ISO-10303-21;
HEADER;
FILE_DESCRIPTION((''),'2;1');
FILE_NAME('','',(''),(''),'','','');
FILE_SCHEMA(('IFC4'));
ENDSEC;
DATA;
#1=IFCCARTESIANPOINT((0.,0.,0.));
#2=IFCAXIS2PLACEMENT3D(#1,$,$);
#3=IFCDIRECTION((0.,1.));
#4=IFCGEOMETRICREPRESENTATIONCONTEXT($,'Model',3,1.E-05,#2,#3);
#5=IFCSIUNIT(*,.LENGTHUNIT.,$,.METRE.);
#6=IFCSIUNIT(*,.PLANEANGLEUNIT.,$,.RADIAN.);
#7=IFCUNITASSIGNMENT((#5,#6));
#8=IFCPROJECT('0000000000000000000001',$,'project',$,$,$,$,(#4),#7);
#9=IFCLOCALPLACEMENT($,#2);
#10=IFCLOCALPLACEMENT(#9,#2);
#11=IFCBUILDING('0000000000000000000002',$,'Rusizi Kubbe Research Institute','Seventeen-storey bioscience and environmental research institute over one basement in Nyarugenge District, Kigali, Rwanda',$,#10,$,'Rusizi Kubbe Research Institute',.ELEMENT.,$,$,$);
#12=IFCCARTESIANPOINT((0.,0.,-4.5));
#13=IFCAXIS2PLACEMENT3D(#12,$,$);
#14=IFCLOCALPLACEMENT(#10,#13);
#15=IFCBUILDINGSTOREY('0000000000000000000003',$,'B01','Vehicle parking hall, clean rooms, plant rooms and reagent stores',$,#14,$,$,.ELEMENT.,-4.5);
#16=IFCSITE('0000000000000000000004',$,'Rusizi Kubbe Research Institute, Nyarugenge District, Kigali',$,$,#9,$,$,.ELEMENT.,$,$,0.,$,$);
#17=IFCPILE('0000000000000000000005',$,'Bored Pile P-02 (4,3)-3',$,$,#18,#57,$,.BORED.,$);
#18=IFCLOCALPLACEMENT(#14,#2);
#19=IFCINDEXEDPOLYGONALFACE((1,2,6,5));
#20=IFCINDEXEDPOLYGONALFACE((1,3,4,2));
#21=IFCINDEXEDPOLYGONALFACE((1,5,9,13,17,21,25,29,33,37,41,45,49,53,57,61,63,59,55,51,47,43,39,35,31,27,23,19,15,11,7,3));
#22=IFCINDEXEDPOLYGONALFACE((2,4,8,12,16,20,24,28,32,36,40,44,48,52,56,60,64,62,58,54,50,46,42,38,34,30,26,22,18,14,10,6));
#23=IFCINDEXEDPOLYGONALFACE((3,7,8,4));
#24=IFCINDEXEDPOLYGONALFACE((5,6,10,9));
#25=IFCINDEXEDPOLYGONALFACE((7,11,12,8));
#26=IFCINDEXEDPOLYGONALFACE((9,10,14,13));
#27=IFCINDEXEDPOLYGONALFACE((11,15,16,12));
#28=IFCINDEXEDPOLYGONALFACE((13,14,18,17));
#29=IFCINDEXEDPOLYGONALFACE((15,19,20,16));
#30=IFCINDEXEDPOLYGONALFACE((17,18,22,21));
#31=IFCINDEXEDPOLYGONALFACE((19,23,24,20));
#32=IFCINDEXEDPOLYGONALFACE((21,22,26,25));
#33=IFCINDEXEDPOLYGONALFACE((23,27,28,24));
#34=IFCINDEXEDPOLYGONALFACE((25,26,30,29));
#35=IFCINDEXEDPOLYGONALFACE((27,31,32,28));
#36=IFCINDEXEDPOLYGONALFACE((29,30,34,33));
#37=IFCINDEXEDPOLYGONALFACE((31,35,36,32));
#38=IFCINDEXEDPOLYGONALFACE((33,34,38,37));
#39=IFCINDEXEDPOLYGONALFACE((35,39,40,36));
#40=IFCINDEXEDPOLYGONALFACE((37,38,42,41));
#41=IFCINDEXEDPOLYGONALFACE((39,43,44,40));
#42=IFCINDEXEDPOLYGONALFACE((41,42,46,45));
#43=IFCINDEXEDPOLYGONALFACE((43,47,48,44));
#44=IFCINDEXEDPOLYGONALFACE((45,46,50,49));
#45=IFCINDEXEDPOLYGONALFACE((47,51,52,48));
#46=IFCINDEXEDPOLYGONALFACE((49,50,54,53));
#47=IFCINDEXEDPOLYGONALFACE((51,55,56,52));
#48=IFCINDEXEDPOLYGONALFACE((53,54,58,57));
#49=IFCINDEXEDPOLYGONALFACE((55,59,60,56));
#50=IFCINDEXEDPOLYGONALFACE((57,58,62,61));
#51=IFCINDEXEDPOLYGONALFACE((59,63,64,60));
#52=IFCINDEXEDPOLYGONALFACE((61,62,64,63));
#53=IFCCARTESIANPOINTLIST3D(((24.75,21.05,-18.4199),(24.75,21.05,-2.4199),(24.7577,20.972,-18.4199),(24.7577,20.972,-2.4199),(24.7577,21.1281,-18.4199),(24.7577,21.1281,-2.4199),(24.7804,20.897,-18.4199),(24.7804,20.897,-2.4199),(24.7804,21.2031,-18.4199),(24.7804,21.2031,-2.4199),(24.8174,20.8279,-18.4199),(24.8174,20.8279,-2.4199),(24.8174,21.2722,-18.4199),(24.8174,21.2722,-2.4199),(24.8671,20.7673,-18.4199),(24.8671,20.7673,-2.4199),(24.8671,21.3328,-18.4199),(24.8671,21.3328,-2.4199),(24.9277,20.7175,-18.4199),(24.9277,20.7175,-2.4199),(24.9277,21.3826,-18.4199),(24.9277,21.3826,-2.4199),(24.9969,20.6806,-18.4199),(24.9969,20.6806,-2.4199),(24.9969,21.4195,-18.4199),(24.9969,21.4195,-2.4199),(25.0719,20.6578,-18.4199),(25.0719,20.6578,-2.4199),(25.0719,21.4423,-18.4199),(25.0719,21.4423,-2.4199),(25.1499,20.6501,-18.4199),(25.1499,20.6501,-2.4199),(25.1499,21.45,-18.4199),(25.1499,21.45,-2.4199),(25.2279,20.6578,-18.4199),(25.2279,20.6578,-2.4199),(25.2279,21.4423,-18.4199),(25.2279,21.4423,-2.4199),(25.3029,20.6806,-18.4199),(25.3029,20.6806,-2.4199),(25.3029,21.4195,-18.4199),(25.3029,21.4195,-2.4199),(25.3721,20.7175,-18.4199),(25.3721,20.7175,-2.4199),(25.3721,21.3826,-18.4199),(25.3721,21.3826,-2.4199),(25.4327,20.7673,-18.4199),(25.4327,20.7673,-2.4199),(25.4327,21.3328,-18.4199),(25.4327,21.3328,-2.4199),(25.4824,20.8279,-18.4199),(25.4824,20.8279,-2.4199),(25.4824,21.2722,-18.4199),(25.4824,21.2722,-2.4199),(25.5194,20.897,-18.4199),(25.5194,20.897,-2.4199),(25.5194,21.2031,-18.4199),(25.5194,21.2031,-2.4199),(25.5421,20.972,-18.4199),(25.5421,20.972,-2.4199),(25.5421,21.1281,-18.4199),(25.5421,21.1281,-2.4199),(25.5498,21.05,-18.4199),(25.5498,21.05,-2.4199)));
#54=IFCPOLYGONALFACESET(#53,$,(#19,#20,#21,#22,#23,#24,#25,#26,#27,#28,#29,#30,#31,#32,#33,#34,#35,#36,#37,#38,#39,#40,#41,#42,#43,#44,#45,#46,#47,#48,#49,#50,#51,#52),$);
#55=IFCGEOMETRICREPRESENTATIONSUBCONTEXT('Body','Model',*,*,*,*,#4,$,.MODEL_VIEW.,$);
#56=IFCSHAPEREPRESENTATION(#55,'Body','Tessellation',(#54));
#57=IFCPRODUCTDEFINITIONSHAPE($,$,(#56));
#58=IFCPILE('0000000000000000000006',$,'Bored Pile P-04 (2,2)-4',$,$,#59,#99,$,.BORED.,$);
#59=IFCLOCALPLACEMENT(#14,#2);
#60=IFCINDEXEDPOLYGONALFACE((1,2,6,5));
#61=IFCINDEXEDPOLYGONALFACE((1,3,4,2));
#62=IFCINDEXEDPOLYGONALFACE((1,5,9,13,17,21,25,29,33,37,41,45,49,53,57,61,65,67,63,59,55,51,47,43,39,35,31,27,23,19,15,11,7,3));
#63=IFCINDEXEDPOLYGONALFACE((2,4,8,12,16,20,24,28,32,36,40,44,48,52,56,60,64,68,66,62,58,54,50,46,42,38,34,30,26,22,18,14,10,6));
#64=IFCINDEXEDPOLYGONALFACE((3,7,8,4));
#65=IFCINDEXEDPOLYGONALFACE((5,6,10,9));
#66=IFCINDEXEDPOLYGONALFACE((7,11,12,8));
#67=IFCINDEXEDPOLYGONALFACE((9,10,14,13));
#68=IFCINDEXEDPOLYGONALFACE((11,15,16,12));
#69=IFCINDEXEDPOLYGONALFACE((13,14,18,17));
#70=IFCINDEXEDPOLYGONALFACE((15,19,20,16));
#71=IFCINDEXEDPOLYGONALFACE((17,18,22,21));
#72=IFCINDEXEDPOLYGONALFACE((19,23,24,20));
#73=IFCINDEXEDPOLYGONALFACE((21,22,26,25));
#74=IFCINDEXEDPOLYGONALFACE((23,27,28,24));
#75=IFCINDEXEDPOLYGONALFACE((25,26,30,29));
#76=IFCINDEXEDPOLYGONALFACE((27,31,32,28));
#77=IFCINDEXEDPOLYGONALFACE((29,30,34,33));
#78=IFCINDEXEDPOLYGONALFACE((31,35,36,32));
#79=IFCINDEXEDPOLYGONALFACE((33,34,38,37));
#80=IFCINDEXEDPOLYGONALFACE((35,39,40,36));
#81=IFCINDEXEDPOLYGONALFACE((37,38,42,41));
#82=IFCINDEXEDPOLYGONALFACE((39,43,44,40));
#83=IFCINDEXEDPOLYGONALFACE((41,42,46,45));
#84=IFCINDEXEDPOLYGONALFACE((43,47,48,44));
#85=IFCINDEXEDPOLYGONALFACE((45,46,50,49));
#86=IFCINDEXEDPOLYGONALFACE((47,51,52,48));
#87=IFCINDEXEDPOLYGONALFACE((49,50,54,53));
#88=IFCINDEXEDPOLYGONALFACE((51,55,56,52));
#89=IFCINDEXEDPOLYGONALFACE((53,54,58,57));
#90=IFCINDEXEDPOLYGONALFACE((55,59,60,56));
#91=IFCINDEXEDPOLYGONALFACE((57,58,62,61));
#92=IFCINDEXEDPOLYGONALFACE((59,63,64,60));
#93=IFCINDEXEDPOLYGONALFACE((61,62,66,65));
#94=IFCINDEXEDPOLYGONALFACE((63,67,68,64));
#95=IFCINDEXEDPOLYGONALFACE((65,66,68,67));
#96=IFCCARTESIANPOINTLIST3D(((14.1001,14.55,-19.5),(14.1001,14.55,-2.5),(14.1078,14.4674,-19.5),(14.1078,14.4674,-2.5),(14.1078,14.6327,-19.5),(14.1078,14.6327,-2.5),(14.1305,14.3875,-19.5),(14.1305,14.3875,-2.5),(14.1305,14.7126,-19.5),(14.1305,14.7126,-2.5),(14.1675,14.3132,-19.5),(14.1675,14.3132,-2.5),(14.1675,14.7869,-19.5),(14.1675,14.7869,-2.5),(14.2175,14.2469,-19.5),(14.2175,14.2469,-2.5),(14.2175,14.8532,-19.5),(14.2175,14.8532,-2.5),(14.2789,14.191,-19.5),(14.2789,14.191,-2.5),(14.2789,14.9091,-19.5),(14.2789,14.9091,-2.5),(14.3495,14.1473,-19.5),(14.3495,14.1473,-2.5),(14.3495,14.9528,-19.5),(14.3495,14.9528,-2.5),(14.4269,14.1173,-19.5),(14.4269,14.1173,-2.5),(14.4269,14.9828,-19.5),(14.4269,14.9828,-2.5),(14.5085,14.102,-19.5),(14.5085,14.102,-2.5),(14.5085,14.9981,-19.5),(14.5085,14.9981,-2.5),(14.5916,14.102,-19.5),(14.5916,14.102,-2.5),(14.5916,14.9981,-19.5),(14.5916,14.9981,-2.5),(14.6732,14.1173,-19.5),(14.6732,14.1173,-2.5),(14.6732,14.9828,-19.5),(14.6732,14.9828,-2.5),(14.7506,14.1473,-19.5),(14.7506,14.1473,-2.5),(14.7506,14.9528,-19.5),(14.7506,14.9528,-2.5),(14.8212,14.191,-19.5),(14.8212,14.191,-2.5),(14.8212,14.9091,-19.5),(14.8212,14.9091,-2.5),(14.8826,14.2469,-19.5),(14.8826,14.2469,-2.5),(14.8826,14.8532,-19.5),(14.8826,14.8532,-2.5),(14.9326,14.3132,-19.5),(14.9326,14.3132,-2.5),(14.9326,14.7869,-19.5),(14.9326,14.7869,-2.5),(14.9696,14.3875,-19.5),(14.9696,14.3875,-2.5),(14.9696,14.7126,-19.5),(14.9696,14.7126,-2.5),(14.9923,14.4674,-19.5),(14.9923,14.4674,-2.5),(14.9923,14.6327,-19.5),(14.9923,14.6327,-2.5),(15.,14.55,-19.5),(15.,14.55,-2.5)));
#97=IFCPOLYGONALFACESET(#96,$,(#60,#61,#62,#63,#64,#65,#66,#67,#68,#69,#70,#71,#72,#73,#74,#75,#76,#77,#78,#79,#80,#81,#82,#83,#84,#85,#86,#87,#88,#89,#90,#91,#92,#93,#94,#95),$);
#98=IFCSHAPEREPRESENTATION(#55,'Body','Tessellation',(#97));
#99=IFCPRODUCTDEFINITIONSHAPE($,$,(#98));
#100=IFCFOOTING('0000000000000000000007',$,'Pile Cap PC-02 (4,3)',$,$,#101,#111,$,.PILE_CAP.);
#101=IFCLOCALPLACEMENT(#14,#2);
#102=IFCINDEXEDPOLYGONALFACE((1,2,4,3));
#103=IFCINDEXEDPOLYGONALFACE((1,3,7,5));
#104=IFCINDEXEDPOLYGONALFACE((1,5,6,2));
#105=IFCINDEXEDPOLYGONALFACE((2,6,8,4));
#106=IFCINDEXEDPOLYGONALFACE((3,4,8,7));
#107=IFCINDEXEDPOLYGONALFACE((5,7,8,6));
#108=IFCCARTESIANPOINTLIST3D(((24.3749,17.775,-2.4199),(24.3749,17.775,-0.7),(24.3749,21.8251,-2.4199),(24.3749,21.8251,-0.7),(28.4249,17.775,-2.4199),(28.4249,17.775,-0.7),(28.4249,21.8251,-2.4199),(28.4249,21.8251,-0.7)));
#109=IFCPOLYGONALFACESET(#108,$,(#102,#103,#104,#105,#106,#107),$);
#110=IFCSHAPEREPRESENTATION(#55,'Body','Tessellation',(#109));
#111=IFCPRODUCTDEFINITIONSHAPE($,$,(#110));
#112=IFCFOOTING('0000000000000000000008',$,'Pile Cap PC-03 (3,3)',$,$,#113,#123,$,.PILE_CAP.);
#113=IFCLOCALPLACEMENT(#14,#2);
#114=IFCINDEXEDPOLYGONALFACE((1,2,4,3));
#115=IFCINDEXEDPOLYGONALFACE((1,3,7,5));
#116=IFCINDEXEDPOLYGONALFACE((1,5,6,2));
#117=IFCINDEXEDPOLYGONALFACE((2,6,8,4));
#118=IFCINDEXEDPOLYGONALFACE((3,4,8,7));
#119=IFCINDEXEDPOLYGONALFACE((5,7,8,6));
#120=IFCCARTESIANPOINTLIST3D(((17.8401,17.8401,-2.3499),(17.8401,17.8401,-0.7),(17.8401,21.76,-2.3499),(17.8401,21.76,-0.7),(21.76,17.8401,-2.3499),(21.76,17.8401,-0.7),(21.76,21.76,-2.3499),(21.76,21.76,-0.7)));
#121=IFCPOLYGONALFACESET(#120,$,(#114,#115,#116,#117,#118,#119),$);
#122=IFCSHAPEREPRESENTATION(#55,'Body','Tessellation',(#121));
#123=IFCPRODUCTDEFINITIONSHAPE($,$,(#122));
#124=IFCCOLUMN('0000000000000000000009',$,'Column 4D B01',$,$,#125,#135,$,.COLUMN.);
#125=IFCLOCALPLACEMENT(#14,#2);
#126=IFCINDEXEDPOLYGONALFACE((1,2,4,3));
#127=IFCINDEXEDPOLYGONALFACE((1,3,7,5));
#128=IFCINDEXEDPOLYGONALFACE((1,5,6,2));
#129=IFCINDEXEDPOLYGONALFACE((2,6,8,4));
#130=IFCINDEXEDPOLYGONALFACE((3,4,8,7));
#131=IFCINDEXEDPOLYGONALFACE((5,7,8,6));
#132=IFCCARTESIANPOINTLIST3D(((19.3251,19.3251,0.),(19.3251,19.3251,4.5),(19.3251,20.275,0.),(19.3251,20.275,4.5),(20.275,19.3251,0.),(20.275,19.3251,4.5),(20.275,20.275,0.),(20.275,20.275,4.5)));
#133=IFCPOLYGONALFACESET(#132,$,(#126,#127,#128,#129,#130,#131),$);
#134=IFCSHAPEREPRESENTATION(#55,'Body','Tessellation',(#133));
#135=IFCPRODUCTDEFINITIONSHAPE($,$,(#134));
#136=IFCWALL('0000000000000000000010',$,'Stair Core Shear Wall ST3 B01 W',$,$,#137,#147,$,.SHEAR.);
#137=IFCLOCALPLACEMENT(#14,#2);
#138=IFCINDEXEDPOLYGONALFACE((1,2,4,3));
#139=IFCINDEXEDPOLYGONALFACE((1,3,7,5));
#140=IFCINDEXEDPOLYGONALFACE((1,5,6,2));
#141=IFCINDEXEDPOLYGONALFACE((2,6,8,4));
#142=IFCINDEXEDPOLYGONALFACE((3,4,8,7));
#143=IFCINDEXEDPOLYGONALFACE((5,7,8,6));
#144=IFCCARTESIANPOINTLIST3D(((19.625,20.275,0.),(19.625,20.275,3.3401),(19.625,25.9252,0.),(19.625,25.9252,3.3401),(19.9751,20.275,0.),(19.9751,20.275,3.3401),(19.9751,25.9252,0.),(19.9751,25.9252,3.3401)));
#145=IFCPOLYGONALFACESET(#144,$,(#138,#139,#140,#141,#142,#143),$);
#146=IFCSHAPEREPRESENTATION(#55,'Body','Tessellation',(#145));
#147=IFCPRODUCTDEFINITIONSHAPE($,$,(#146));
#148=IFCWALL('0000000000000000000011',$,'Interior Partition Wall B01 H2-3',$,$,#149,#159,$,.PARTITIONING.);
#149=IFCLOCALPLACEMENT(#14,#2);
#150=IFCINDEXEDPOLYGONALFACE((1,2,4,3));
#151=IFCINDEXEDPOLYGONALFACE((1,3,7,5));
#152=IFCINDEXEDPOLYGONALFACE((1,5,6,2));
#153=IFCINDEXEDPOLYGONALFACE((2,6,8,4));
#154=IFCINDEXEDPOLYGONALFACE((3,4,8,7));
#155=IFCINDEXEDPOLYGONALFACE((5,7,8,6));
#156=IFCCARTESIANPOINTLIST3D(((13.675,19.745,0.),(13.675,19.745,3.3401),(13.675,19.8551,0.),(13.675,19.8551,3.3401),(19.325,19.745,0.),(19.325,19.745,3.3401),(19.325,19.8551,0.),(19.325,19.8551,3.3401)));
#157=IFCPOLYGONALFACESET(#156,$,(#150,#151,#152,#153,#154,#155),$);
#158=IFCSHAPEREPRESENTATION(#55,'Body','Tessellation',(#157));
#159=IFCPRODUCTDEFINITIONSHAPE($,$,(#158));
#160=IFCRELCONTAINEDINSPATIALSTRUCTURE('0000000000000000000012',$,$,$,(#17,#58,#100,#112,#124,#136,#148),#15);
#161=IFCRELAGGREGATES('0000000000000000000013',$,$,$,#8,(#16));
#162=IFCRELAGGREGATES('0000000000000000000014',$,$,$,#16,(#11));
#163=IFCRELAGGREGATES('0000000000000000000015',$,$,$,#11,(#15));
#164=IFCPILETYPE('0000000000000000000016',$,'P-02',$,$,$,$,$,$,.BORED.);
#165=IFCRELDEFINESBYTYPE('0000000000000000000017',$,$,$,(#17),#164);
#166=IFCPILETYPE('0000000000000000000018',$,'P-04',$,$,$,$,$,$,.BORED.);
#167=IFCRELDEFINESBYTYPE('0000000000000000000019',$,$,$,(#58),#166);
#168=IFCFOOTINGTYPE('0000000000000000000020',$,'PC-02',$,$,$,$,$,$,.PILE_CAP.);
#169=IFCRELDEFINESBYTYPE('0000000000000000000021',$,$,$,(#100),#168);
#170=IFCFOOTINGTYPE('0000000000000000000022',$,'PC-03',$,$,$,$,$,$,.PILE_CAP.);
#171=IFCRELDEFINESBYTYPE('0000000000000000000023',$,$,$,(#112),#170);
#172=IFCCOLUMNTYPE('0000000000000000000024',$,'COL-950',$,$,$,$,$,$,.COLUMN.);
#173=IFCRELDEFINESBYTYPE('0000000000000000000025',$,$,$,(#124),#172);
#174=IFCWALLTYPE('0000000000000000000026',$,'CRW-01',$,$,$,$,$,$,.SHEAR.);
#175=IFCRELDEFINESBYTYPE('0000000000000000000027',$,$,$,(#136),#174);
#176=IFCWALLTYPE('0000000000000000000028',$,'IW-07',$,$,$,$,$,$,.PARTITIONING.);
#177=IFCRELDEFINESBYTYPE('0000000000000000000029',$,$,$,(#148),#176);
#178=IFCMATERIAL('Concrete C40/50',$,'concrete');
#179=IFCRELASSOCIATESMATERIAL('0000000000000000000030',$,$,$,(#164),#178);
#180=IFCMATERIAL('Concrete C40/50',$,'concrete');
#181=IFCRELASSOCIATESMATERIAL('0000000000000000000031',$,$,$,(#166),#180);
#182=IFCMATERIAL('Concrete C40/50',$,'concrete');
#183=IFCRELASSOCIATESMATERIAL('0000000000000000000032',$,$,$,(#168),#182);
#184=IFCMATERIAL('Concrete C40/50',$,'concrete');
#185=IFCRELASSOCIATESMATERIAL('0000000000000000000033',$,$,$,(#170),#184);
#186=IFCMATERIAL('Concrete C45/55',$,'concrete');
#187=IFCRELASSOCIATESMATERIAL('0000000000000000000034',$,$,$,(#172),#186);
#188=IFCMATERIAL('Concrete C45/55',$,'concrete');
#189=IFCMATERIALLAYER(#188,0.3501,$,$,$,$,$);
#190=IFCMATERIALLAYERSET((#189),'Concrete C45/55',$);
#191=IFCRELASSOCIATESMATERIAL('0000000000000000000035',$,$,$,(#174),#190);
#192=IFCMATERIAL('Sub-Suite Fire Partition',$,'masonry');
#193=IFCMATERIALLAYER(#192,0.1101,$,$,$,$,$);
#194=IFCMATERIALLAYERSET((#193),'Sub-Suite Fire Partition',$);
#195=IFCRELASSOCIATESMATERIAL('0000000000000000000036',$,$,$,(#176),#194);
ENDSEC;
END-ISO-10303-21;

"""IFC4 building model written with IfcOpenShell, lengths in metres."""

from ifc_helpers import new_model, si_unit, direction, frame, frame_2d, origin, origin_2d, place, context, subcontext, project, spatial, rectangle, circle, extrude, material, layer, layer_set, material_profile, profile_set, type_object, element, save


model = new_model("IFC4")

# Units and contexts
model_context = context("Model", 3, precision=1e-05, world=origin(), true_north=direction((0.0, 1.0)))
body_context = subcontext(model_context, "Body", "Model", "MODEL_VIEW")
ifc_project = project(units=[si_unit("LENGTHUNIT", "METRE"), si_unit("PLANEANGLEUNIT", "RADIAN")], contexts=[model_context])

# Site, building, storey
site_placement = place(None, origin())
site = spatial("IfcSite", under=ifc_project, at=site_placement, Name="Rusizi Kubbe Research Institute, Nyarugenge District, Kigali", CompositionType="ELEMENT", RefElevation=0.0)
building_placement = place(site_placement, origin())
building = spatial("IfcBuilding", under=site, at=building_placement, Name="Rusizi Kubbe Research Institute", Description="Seventeen-storey bioscience and environmental research institute over one basement in Nyarugenge District, Kigali, Rwanda", LongName="Rusizi Kubbe Research Institute", CompositionType="ELEMENT")
storey_placement = place(building_placement, frame((0.0, 0.0, -4.5)))
storey = spatial("IfcBuildingStorey", under=building, at=storey_placement, Name="B01", Description="Vehicle parking hall, clean rooms, plant rooms and reagent stores", CompositionType="ELEMENT", Elevation=-4.5)

# Piles
ifc_material_1 = material(Name="Concrete C40/50", Category="concrete")
ifc_material_profile_1 = material_profile(ifc_material_1, circle(Radius=0.3999, at=origin_2d()), Name="PILE-D800")
ifc_profile_set_1 = profile_set([ifc_material_profile_1], Name="Concrete C40/50")
pile_type_1 = type_object("IfcPileType", Name="P-02", PredefinedType="BORED", material=ifc_profile_set_1)
for number, where, z_axis, x_axis, name in (
    (1, (25.1499, 21.05, -2.4199), (0.0, 0.0, -1.0), (1.0, 0.0, 0.0), "Bored Pile P-02 (4,3)-3"),
):
    element("IfcPile", number, at=place(storey_placement, frame(where, z_axis=z_axis, x_axis=x_axis)), inside=storey, type_object=pile_type_1, Name=name, PredefinedType="BORED", context=body_context, shape_type="SweptSolid", body=[
        extrude(circle(Radius=0.3999, at=origin_2d()), origin(), (0.0, 0.0, 1.0), 16.0),
    ])
ifc_material_2 = material(Name="Concrete C40/50", Category="concrete")
ifc_material_profile_2 = material_profile(ifc_material_2, circle(Radius=0.45, at=origin_2d()), Name="PILE-D900")
ifc_profile_set_2 = profile_set([ifc_material_profile_2], Name="Concrete C40/50")
pile_type_2 = type_object("IfcPileType", Name="P-04", PredefinedType="BORED", material=ifc_profile_set_2)
pile_placement = place(storey_placement, frame((14.55, 14.55, -2.5), z_axis=(0.0, 0.0, -1.0), x_axis=(1.0, 0.0, 0.0)))
element("IfcPile", 2, at=pile_placement, inside=storey, type_object=pile_type_2, Name="Bored Pile P-04 (2,2)-4", PredefinedType="BORED", context=body_context, shape_type="SweptSolid", body=[
    extrude(circle(Radius=0.45, at=origin_2d()), origin(), (0.0, 0.0, 1.0), 17.0),
])

# Footings
ifc_material_3 = material(Name="Concrete C40/50", Category="concrete")
footing_type_1 = type_object("IfcFootingType", Name="PC-02", PredefinedType="PILE_CAP", material=ifc_material_3)
footing_1_placement = place(storey_placement, frame((26.3999, 19.8, -2.4199), z_axis=(0.0, 0.0, 1.0), x_axis=(1.0, 0.0, 0.0)))
element("IfcFooting", 3, at=footing_1_placement, inside=storey, type_object=footing_type_1, Name="Pile Cap PC-02 (4,3)", PredefinedType="PILE_CAP", context=body_context, shape_type="SweptSolid", body=[
    extrude(rectangle(XDim=4.05, YDim=4.05, at=origin_2d()), origin(), (0.0, 0.0, 1.0), 1.72),
])
ifc_material_4 = material(Name="Concrete C40/50", Category="concrete")
footing_type_2 = type_object("IfcFootingType", Name="PC-03", PredefinedType="PILE_CAP", material=ifc_material_4)
footing_2_placement = place(storey_placement, frame((19.8, 19.8, -2.3499), z_axis=(0.0, 0.0, 1.0), x_axis=(1.0, 0.0, 0.0)))
element("IfcFooting", 4, at=footing_2_placement, inside=storey, type_object=footing_type_2, Name="Pile Cap PC-03 (3,3)", PredefinedType="PILE_CAP", context=body_context, shape_type="SweptSolid", body=[
    extrude(rectangle(XDim=3.9199, YDim=3.9199, at=origin_2d()), origin(), (0.0, 0.0, 1.0), 1.6499),
])

# Column
ifc_material_5 = material(Name="Concrete C45/55", Category="concrete")
ifc_material_profile_3 = material_profile(ifc_material_5, rectangle(XDim=0.95, YDim=0.95, at=origin_2d()), Name="RC950x950")
ifc_profile_set_3 = profile_set([ifc_material_profile_3], Name="Concrete C45/55")
column_type = type_object("IfcColumnType", Name="COL-950", PredefinedType="COLUMN", material=ifc_profile_set_3)
column_placement = place(storey_placement, frame((19.8, 19.8, 0.0), z_axis=(0.0, 0.0, 1.0), x_axis=(1.0, 0.0, 0.0)))
element("IfcColumn", 5, at=column_placement, inside=storey, type_object=column_type, Name="Column 4D B01", PredefinedType="COLUMN", context=body_context, shape_type="SweptSolid", body=[
    extrude(rectangle(XDim=0.95, YDim=0.95, at=origin_2d()), origin(), (0.0, 0.0, 1.0), 4.5),
])

# Shared definitions
ifc_material_6 = material(Name="Concrete C45/55", Category="concrete")
ifc_layer_1 = layer(ifc_material_6, 0.3501)
ifc_layer_set_1 = layer_set([ifc_layer_1], Name="Concrete C45/55")
wall_type_1 = type_object("IfcWallType", Name="CRW-01", PredefinedType="SHEAR", material=ifc_layer_set_1)

# Walls
wall_1_placement = place(storey_placement, frame((19.8, 20.2749, 0.0), z_axis=(0.0, 0.0, 1.0), x_axis=(0.0, 1.0, 0.0)))
element("IfcWall", 6, at=wall_1_placement, inside=storey, type_object=wall_type_1, Name="Stair Core Shear Wall ST3 B01 W", PredefinedType="SHEAR", context=body_context, shape_type="SweptSolid", body=[
    extrude(rectangle(XDim=5.6501, YDim=0.3501, at=frame_2d((2.8252, 0.0))), origin(), (0.0, 0.0, 1.0), 3.3401),
])
ifc_material_7 = material(Name="Sub-Suite Fire Partition", Category="masonry")
ifc_layer_2 = layer(ifc_material_7, 0.1101)
ifc_layer_set_2 = layer_set([ifc_layer_2], Name="Sub-Suite Fire Partition")
wall_type_2 = type_object("IfcWallType", Name="IW-07", PredefinedType="PARTITIONING", material=ifc_layer_set_2)
wall_2_placement = place(storey_placement, frame((13.675, 19.8, 0.0), z_axis=(0.0, 0.0, 1.0), x_axis=(1.0, 0.0, 0.0)))
element("IfcWall", 7, at=wall_2_placement, inside=storey, type_object=wall_type_2, Name="Interior Partition Wall B01 H2-3", PredefinedType="PARTITIONING", context=body_context, shape_type="SweptSolid", body=[
    extrude(rectangle(XDim=5.6499, YDim=0.1101, at=frame_2d((2.825, 0.0))), origin(), (0.0, 0.0, 1.0), 3.3401),
])

save(model, "model.ifc")
